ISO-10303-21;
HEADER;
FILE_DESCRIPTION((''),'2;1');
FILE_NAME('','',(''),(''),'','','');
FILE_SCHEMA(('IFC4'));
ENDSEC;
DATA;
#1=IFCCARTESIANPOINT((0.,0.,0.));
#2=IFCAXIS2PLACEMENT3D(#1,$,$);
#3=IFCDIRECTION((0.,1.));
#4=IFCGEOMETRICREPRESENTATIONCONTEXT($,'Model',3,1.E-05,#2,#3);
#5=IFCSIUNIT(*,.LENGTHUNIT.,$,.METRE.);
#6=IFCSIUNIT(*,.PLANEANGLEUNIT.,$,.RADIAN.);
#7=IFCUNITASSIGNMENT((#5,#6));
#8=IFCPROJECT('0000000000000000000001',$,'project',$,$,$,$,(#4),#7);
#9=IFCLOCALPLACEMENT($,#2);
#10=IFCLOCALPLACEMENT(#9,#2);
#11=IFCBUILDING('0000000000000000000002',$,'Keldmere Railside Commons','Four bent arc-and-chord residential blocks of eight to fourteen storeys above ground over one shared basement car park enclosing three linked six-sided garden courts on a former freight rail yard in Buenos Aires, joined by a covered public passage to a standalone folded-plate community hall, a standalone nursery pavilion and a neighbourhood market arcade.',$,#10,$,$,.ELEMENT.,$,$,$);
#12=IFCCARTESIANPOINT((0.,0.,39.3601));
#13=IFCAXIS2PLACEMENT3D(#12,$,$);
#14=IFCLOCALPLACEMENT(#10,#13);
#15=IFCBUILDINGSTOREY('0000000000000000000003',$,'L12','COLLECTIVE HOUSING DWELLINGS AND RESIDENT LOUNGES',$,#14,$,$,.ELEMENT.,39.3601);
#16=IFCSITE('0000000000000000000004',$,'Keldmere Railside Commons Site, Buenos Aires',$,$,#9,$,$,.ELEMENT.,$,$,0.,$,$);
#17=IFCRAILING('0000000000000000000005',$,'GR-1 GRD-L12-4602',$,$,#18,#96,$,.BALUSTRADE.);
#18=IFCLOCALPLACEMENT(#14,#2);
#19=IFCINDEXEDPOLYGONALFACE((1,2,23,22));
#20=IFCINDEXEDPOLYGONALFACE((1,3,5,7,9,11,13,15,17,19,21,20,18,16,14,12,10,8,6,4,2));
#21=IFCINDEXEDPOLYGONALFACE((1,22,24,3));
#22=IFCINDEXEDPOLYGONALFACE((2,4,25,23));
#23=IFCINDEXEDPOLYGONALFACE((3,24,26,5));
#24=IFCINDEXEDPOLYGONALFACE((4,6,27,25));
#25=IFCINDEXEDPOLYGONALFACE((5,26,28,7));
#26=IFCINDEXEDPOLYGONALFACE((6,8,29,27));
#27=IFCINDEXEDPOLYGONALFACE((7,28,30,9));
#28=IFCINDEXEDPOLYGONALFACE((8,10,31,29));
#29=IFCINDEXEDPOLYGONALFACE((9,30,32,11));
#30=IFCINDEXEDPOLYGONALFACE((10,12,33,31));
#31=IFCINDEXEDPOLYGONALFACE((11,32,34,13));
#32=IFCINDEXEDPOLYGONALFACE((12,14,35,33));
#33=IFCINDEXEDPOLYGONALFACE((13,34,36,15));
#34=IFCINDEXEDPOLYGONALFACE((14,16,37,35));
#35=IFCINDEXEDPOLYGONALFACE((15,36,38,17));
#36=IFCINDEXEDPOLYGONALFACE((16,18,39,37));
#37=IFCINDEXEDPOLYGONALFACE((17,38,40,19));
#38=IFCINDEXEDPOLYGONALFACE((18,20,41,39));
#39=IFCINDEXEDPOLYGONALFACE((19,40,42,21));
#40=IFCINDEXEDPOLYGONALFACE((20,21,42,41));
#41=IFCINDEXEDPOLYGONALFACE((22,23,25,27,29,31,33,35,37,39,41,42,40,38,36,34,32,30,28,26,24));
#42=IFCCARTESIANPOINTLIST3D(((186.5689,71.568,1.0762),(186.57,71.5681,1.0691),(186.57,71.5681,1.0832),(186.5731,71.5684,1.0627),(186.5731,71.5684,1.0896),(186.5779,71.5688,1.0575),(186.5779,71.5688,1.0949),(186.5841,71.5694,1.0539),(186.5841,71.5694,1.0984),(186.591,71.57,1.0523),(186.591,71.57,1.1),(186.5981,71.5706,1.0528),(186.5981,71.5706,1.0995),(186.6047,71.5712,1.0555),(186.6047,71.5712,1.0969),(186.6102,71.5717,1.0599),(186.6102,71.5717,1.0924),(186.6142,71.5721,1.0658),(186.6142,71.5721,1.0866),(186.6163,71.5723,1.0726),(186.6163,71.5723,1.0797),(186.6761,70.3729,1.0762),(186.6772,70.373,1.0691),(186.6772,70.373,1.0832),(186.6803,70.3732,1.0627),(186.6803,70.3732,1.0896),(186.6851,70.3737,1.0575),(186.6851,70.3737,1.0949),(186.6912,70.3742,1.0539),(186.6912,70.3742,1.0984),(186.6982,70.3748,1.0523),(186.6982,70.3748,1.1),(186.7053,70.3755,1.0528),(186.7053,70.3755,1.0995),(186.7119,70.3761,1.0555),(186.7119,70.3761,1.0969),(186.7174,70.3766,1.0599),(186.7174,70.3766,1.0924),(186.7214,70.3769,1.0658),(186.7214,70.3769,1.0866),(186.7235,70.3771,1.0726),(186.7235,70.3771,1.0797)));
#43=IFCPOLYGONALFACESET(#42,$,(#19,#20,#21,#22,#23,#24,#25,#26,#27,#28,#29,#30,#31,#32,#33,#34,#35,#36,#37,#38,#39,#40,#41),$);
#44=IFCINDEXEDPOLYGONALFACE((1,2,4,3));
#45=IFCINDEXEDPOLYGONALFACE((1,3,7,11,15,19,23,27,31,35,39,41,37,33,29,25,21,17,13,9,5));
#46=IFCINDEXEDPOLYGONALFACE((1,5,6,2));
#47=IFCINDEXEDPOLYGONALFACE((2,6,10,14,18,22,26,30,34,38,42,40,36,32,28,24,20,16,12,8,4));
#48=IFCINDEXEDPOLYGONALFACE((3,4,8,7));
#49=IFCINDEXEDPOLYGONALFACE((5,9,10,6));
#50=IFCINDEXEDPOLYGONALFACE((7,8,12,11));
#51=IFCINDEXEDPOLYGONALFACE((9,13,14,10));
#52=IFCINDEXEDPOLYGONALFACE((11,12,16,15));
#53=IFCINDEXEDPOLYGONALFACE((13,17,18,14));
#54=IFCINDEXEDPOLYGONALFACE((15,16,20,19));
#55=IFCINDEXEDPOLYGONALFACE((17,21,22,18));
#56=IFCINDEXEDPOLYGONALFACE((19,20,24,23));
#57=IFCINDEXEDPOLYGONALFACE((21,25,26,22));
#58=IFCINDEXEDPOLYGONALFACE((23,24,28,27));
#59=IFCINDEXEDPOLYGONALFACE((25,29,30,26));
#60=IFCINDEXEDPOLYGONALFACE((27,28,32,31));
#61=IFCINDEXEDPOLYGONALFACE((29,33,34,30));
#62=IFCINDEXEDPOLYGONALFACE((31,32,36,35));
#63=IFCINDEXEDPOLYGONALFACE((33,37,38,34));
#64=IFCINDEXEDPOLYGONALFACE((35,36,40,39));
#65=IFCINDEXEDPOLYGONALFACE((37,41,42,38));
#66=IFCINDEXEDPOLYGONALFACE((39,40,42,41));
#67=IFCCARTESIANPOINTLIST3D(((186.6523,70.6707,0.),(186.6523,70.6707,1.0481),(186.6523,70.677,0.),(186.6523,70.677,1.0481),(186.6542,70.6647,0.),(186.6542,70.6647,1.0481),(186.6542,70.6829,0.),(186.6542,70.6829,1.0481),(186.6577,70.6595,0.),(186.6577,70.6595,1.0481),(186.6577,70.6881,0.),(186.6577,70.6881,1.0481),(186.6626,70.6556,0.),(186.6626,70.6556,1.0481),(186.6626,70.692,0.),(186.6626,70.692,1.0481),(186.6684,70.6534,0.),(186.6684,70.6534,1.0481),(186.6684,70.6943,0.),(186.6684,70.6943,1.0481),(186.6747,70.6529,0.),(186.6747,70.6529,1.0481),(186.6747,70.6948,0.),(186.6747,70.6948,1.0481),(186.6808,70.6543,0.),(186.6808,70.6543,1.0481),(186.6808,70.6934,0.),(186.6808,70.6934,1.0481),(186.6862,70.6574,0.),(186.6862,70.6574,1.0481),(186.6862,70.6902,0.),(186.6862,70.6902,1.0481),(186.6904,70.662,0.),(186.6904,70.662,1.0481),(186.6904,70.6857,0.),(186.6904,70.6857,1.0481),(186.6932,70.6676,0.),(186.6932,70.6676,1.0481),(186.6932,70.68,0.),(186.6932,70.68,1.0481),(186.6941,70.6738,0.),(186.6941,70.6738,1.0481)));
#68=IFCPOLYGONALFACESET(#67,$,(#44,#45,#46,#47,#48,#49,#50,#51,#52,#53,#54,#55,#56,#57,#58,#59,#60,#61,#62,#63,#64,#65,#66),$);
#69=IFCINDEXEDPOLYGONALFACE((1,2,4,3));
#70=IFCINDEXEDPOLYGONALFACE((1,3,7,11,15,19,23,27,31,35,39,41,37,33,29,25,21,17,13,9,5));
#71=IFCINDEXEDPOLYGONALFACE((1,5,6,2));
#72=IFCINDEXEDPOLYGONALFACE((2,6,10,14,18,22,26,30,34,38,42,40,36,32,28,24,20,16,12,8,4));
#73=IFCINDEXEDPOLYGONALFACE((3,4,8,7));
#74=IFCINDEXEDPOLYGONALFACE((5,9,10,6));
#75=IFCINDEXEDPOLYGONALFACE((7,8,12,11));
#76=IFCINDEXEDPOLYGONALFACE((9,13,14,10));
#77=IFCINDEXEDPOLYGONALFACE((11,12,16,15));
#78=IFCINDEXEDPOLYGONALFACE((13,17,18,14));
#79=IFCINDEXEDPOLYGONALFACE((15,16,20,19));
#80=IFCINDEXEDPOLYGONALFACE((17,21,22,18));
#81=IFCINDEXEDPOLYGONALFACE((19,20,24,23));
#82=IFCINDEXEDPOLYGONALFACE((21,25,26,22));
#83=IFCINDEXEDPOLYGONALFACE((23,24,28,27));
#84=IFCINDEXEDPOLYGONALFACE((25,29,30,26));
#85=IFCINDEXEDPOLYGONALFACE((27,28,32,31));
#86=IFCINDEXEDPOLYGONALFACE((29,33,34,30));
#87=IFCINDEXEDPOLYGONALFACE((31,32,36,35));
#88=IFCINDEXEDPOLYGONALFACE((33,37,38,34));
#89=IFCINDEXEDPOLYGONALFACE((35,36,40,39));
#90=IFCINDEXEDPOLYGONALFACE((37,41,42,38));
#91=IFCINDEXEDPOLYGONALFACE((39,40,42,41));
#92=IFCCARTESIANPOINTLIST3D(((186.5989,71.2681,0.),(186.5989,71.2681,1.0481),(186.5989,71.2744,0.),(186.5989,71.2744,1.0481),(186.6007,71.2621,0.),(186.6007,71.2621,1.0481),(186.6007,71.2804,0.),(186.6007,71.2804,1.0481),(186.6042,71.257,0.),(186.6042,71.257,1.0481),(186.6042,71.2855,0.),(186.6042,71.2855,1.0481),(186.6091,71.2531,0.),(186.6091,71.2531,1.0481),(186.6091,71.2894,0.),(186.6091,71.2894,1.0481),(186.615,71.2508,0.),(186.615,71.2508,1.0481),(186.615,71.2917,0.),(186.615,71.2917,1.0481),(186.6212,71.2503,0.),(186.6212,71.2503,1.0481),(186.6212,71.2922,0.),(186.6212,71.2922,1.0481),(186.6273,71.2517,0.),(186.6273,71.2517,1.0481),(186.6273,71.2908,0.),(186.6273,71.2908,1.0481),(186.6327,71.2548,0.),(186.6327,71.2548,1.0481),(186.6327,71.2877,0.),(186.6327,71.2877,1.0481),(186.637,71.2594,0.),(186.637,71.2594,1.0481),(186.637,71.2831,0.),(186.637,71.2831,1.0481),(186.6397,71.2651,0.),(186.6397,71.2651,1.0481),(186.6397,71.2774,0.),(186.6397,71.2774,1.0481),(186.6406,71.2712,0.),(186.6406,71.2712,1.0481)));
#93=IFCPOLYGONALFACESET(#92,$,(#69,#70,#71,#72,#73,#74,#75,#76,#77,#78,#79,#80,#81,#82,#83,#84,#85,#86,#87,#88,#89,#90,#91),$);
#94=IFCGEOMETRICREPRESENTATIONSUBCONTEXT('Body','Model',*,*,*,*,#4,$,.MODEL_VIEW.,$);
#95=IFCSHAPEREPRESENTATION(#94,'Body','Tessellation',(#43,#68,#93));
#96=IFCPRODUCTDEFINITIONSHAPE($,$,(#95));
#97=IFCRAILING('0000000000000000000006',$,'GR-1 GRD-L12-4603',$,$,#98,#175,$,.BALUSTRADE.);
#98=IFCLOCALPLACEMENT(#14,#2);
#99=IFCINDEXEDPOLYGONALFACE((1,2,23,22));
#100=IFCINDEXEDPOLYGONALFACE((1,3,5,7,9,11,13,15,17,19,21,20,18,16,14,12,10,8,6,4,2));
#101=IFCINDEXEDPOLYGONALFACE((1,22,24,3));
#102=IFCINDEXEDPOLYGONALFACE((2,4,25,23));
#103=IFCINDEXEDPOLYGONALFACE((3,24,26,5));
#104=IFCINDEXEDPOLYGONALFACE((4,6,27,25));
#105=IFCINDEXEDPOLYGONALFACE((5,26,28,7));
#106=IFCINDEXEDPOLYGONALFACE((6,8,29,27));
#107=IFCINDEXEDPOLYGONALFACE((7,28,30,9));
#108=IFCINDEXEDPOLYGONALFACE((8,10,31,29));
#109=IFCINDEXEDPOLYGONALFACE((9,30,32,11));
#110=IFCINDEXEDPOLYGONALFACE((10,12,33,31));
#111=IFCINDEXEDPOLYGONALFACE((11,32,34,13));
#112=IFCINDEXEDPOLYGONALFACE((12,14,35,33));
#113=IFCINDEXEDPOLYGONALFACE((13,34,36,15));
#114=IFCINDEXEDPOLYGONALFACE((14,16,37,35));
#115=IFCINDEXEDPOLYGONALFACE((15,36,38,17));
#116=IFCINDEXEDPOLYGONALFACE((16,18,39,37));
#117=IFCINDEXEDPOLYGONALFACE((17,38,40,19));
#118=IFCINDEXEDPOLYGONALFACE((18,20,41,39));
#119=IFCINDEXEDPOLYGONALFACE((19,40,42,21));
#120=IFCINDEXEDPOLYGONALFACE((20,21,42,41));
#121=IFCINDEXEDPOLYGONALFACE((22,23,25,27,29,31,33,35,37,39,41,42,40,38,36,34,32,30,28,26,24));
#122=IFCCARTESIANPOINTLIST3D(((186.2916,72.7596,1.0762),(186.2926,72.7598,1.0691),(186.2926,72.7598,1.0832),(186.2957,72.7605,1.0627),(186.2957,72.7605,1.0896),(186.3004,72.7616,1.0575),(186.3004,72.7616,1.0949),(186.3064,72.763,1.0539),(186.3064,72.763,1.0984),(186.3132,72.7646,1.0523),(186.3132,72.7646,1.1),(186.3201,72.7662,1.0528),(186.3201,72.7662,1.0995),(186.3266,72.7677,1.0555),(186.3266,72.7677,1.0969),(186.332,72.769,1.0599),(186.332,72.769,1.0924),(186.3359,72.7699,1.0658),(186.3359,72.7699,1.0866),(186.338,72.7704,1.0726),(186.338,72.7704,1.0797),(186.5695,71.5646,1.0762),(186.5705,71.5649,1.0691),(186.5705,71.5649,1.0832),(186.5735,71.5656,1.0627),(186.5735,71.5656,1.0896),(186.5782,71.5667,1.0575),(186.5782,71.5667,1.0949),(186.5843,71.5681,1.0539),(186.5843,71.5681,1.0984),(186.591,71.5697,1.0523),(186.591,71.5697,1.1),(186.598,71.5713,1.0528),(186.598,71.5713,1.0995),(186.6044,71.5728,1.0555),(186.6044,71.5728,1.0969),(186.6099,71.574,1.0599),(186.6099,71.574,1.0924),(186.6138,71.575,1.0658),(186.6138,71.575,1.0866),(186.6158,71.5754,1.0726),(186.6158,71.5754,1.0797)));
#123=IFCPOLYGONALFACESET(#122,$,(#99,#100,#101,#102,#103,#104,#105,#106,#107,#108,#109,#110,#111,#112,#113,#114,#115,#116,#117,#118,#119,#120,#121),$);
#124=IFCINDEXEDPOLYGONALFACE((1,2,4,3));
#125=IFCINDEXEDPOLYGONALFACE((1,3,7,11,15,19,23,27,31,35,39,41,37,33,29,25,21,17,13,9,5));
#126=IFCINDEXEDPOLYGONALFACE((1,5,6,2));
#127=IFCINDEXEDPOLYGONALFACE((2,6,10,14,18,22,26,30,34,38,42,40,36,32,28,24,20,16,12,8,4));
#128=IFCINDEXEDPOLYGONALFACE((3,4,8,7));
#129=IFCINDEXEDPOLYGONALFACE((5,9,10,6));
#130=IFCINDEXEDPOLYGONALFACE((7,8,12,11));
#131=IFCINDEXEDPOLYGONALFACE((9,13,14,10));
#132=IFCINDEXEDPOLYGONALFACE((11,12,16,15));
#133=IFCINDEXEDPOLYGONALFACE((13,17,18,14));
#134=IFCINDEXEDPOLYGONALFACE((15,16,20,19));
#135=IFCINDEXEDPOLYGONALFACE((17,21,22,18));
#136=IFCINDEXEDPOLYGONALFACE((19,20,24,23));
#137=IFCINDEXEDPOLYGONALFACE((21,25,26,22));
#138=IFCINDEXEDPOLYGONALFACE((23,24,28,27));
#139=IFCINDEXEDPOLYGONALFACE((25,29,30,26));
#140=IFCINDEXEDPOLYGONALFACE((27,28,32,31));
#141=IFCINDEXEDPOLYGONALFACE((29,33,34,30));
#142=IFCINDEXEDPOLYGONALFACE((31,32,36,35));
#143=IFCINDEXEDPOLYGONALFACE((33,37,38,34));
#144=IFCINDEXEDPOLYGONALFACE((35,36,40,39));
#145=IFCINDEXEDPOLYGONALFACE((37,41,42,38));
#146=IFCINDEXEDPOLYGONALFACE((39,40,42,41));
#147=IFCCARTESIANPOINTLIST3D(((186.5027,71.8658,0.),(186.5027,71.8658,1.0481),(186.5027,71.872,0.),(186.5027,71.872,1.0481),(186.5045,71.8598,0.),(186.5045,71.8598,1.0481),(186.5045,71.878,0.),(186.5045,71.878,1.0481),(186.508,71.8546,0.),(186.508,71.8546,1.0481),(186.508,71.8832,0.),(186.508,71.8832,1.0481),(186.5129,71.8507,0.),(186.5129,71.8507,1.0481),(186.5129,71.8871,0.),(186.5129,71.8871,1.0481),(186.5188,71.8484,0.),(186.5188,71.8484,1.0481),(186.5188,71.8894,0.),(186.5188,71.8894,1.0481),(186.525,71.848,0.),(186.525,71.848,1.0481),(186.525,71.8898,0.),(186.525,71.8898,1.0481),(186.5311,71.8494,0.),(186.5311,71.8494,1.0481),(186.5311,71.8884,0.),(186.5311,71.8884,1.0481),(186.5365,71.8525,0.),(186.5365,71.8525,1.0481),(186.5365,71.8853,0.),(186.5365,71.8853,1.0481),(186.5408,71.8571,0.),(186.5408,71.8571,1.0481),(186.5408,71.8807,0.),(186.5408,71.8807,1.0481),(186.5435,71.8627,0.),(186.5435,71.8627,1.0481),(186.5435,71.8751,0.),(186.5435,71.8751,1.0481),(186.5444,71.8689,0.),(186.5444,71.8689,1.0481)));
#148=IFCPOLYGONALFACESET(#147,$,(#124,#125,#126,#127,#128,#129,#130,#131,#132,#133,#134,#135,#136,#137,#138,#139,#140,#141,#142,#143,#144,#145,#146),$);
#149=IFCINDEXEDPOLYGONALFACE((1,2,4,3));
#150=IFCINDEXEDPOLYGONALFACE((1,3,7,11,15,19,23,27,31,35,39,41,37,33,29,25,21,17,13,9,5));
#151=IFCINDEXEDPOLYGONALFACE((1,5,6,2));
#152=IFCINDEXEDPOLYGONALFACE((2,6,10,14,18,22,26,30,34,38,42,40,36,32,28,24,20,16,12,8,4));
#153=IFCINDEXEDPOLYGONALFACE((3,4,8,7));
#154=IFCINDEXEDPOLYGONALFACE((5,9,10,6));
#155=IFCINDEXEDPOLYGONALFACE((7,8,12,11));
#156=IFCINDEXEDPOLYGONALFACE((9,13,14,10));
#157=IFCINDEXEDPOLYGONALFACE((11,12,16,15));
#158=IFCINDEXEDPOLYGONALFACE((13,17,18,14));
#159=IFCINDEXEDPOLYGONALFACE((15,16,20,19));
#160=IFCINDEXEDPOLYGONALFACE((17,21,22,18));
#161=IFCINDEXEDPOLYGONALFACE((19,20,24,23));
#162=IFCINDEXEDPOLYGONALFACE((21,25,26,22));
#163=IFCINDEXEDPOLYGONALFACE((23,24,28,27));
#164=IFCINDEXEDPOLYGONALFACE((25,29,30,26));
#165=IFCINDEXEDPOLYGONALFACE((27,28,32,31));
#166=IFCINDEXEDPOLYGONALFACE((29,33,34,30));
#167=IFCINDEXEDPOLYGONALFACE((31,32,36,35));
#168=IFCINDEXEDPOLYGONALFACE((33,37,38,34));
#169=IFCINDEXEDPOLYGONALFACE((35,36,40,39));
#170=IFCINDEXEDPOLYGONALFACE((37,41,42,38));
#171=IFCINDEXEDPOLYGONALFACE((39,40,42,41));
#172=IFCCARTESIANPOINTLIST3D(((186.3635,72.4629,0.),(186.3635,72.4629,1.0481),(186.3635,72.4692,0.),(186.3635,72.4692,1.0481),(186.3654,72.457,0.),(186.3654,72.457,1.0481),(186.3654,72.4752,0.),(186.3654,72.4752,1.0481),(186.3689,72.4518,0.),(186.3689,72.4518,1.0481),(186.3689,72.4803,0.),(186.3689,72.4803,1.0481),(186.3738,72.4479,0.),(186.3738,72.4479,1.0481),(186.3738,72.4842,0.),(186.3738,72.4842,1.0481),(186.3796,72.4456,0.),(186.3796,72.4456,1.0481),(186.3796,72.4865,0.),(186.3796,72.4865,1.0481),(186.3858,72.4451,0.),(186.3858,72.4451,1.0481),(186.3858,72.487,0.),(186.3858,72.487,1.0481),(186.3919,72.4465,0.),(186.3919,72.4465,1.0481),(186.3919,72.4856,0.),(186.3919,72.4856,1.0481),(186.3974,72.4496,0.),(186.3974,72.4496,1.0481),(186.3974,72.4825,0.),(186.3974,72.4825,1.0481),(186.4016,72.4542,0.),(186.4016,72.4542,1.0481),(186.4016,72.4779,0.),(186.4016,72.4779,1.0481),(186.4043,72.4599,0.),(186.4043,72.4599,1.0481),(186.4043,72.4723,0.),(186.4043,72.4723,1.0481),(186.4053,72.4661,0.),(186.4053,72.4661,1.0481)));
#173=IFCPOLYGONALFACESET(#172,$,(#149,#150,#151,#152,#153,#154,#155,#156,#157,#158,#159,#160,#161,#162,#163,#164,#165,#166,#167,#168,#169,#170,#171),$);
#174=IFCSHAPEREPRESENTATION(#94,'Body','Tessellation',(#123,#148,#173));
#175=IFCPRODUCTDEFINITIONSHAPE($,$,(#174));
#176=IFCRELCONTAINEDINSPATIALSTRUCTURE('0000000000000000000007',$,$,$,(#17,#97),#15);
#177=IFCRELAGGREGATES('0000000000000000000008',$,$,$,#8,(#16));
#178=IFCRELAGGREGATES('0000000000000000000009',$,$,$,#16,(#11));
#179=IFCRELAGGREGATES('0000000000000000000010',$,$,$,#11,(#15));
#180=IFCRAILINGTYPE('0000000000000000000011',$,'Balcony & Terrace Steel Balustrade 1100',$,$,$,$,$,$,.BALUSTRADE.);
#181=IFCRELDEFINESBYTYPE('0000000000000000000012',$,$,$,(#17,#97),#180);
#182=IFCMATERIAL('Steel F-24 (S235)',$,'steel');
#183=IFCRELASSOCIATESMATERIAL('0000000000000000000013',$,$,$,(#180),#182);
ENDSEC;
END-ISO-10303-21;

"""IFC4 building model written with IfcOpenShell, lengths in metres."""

from ifc_helpers import new_model, si_unit, direction, frame, origin, origin_2d, place, context, subcontext, project, spatial, circle, extrude, material, type_object, element, save


model = new_model("IFC4")

# Units and contexts
model_context = context("Model", 3, precision=1e-05, world=origin(), true_north=direction((0.0, 1.0)))
body_context = subcontext(model_context, "Body", "Model", "MODEL_VIEW")
ifc_project = project(units=[si_unit("LENGTHUNIT", "METRE"), si_unit("PLANEANGLEUNIT", "RADIAN")], contexts=[model_context])

# Site, building, storey
site_placement = place(None, origin())
site = spatial("IfcSite", under=ifc_project, at=site_placement, Name="Keldmere Railside Commons Site, Buenos Aires", CompositionType="ELEMENT", RefElevation=0.0)
building_placement = place(site_placement, origin())
building = spatial("IfcBuilding", under=site, at=building_placement, Name="Keldmere Railside Commons", Description="Four bent arc-and-chord residential blocks of eight to fourteen storeys above ground over one shared basement car park enclosing three linked six-sided garden courts on a former freight rail yard in Buenos Aires, joined by a covered public passage to a standalone folded-plate community hall, a standalone nursery pavilion and a neighbourhood market arcade.", CompositionType="ELEMENT")
storey_placement = place(building_placement, frame((0.0, 0.0, 39.3601)))
storey = spatial("IfcBuildingStorey", under=building, at=storey_placement, Name="L12", Description="COLLECTIVE HOUSING DWELLINGS AND RESIDENT LOUNGES", CompositionType="ELEMENT", Elevation=39.3601)

# Railings
ifc_material_1 = material(Name="Steel F-24 (S235)", Category="steel")
railing_type_1 = type_object("IfcRailingType", Name="Balcony & Terrace Steel Balustrade 1100", PredefinedType="BALUSTRADE", material=ifc_material_1)
railing_1_placement = place(storey_placement, frame((186.7, 70.375, 0.0)))
element("IfcRailing", 1, at=railing_1_placement, inside=storey, type_object=railing_type_1, Name="GR-1 GRD-L12-4602", PredefinedType="BALUSTRADE", context=body_context, shape_type="SweptSolid", body=[
    extrude(circle(Radius=0.0239, at=origin_2d()), frame((0.0, 0.0, 1.0762), z_axis=(-0.089325, 0.996003, 0.0), x_axis=(-0.996003, -0.089325, 0.0)), (0.0, 0.0, 1.0), 1.2),
    extrude(circle(Radius=0.021, at=origin_2d()), frame((-0.0269, 0.2988, 0.0)), (0.0, 0.0, 1.0), 1.0481),
    extrude(circle(Radius=0.021, at=origin_2d()), frame((-0.0803, 0.8962, 0.0)), (0.0, 0.0, 1.0), 1.0481),
])
railing_2_placement = place(storey_placement, frame((186.5928, 71.5701, 0.0)))
element("IfcRailing", 2, at=railing_2_placement, inside=storey, type_object=railing_type_1, Name="GR-1 GRD-L12-4603", PredefinedType="BALUSTRADE", context=body_context, shape_type="SweptSolid", body=[
    extrude(circle(Radius=0.0239, at=origin_2d()), frame((0.0, 0.0, 1.0762), z_axis=(-0.226487, 0.974014, 0.0), x_axis=(-0.974014, -0.226487, 0.0)), (0.0, 0.0, 1.0), 1.2268),
    extrude(circle(Radius=0.021, at=origin_2d()), frame((-0.0693, 0.2988, 0.0)), (0.0, 0.0, 1.0), 1.0481),
    extrude(circle(Radius=0.021, at=origin_2d()), frame((-0.2085, 0.896, 0.0)), (0.0, 0.0, 1.0), 1.0481),
])

save(model, "model.ifc")
